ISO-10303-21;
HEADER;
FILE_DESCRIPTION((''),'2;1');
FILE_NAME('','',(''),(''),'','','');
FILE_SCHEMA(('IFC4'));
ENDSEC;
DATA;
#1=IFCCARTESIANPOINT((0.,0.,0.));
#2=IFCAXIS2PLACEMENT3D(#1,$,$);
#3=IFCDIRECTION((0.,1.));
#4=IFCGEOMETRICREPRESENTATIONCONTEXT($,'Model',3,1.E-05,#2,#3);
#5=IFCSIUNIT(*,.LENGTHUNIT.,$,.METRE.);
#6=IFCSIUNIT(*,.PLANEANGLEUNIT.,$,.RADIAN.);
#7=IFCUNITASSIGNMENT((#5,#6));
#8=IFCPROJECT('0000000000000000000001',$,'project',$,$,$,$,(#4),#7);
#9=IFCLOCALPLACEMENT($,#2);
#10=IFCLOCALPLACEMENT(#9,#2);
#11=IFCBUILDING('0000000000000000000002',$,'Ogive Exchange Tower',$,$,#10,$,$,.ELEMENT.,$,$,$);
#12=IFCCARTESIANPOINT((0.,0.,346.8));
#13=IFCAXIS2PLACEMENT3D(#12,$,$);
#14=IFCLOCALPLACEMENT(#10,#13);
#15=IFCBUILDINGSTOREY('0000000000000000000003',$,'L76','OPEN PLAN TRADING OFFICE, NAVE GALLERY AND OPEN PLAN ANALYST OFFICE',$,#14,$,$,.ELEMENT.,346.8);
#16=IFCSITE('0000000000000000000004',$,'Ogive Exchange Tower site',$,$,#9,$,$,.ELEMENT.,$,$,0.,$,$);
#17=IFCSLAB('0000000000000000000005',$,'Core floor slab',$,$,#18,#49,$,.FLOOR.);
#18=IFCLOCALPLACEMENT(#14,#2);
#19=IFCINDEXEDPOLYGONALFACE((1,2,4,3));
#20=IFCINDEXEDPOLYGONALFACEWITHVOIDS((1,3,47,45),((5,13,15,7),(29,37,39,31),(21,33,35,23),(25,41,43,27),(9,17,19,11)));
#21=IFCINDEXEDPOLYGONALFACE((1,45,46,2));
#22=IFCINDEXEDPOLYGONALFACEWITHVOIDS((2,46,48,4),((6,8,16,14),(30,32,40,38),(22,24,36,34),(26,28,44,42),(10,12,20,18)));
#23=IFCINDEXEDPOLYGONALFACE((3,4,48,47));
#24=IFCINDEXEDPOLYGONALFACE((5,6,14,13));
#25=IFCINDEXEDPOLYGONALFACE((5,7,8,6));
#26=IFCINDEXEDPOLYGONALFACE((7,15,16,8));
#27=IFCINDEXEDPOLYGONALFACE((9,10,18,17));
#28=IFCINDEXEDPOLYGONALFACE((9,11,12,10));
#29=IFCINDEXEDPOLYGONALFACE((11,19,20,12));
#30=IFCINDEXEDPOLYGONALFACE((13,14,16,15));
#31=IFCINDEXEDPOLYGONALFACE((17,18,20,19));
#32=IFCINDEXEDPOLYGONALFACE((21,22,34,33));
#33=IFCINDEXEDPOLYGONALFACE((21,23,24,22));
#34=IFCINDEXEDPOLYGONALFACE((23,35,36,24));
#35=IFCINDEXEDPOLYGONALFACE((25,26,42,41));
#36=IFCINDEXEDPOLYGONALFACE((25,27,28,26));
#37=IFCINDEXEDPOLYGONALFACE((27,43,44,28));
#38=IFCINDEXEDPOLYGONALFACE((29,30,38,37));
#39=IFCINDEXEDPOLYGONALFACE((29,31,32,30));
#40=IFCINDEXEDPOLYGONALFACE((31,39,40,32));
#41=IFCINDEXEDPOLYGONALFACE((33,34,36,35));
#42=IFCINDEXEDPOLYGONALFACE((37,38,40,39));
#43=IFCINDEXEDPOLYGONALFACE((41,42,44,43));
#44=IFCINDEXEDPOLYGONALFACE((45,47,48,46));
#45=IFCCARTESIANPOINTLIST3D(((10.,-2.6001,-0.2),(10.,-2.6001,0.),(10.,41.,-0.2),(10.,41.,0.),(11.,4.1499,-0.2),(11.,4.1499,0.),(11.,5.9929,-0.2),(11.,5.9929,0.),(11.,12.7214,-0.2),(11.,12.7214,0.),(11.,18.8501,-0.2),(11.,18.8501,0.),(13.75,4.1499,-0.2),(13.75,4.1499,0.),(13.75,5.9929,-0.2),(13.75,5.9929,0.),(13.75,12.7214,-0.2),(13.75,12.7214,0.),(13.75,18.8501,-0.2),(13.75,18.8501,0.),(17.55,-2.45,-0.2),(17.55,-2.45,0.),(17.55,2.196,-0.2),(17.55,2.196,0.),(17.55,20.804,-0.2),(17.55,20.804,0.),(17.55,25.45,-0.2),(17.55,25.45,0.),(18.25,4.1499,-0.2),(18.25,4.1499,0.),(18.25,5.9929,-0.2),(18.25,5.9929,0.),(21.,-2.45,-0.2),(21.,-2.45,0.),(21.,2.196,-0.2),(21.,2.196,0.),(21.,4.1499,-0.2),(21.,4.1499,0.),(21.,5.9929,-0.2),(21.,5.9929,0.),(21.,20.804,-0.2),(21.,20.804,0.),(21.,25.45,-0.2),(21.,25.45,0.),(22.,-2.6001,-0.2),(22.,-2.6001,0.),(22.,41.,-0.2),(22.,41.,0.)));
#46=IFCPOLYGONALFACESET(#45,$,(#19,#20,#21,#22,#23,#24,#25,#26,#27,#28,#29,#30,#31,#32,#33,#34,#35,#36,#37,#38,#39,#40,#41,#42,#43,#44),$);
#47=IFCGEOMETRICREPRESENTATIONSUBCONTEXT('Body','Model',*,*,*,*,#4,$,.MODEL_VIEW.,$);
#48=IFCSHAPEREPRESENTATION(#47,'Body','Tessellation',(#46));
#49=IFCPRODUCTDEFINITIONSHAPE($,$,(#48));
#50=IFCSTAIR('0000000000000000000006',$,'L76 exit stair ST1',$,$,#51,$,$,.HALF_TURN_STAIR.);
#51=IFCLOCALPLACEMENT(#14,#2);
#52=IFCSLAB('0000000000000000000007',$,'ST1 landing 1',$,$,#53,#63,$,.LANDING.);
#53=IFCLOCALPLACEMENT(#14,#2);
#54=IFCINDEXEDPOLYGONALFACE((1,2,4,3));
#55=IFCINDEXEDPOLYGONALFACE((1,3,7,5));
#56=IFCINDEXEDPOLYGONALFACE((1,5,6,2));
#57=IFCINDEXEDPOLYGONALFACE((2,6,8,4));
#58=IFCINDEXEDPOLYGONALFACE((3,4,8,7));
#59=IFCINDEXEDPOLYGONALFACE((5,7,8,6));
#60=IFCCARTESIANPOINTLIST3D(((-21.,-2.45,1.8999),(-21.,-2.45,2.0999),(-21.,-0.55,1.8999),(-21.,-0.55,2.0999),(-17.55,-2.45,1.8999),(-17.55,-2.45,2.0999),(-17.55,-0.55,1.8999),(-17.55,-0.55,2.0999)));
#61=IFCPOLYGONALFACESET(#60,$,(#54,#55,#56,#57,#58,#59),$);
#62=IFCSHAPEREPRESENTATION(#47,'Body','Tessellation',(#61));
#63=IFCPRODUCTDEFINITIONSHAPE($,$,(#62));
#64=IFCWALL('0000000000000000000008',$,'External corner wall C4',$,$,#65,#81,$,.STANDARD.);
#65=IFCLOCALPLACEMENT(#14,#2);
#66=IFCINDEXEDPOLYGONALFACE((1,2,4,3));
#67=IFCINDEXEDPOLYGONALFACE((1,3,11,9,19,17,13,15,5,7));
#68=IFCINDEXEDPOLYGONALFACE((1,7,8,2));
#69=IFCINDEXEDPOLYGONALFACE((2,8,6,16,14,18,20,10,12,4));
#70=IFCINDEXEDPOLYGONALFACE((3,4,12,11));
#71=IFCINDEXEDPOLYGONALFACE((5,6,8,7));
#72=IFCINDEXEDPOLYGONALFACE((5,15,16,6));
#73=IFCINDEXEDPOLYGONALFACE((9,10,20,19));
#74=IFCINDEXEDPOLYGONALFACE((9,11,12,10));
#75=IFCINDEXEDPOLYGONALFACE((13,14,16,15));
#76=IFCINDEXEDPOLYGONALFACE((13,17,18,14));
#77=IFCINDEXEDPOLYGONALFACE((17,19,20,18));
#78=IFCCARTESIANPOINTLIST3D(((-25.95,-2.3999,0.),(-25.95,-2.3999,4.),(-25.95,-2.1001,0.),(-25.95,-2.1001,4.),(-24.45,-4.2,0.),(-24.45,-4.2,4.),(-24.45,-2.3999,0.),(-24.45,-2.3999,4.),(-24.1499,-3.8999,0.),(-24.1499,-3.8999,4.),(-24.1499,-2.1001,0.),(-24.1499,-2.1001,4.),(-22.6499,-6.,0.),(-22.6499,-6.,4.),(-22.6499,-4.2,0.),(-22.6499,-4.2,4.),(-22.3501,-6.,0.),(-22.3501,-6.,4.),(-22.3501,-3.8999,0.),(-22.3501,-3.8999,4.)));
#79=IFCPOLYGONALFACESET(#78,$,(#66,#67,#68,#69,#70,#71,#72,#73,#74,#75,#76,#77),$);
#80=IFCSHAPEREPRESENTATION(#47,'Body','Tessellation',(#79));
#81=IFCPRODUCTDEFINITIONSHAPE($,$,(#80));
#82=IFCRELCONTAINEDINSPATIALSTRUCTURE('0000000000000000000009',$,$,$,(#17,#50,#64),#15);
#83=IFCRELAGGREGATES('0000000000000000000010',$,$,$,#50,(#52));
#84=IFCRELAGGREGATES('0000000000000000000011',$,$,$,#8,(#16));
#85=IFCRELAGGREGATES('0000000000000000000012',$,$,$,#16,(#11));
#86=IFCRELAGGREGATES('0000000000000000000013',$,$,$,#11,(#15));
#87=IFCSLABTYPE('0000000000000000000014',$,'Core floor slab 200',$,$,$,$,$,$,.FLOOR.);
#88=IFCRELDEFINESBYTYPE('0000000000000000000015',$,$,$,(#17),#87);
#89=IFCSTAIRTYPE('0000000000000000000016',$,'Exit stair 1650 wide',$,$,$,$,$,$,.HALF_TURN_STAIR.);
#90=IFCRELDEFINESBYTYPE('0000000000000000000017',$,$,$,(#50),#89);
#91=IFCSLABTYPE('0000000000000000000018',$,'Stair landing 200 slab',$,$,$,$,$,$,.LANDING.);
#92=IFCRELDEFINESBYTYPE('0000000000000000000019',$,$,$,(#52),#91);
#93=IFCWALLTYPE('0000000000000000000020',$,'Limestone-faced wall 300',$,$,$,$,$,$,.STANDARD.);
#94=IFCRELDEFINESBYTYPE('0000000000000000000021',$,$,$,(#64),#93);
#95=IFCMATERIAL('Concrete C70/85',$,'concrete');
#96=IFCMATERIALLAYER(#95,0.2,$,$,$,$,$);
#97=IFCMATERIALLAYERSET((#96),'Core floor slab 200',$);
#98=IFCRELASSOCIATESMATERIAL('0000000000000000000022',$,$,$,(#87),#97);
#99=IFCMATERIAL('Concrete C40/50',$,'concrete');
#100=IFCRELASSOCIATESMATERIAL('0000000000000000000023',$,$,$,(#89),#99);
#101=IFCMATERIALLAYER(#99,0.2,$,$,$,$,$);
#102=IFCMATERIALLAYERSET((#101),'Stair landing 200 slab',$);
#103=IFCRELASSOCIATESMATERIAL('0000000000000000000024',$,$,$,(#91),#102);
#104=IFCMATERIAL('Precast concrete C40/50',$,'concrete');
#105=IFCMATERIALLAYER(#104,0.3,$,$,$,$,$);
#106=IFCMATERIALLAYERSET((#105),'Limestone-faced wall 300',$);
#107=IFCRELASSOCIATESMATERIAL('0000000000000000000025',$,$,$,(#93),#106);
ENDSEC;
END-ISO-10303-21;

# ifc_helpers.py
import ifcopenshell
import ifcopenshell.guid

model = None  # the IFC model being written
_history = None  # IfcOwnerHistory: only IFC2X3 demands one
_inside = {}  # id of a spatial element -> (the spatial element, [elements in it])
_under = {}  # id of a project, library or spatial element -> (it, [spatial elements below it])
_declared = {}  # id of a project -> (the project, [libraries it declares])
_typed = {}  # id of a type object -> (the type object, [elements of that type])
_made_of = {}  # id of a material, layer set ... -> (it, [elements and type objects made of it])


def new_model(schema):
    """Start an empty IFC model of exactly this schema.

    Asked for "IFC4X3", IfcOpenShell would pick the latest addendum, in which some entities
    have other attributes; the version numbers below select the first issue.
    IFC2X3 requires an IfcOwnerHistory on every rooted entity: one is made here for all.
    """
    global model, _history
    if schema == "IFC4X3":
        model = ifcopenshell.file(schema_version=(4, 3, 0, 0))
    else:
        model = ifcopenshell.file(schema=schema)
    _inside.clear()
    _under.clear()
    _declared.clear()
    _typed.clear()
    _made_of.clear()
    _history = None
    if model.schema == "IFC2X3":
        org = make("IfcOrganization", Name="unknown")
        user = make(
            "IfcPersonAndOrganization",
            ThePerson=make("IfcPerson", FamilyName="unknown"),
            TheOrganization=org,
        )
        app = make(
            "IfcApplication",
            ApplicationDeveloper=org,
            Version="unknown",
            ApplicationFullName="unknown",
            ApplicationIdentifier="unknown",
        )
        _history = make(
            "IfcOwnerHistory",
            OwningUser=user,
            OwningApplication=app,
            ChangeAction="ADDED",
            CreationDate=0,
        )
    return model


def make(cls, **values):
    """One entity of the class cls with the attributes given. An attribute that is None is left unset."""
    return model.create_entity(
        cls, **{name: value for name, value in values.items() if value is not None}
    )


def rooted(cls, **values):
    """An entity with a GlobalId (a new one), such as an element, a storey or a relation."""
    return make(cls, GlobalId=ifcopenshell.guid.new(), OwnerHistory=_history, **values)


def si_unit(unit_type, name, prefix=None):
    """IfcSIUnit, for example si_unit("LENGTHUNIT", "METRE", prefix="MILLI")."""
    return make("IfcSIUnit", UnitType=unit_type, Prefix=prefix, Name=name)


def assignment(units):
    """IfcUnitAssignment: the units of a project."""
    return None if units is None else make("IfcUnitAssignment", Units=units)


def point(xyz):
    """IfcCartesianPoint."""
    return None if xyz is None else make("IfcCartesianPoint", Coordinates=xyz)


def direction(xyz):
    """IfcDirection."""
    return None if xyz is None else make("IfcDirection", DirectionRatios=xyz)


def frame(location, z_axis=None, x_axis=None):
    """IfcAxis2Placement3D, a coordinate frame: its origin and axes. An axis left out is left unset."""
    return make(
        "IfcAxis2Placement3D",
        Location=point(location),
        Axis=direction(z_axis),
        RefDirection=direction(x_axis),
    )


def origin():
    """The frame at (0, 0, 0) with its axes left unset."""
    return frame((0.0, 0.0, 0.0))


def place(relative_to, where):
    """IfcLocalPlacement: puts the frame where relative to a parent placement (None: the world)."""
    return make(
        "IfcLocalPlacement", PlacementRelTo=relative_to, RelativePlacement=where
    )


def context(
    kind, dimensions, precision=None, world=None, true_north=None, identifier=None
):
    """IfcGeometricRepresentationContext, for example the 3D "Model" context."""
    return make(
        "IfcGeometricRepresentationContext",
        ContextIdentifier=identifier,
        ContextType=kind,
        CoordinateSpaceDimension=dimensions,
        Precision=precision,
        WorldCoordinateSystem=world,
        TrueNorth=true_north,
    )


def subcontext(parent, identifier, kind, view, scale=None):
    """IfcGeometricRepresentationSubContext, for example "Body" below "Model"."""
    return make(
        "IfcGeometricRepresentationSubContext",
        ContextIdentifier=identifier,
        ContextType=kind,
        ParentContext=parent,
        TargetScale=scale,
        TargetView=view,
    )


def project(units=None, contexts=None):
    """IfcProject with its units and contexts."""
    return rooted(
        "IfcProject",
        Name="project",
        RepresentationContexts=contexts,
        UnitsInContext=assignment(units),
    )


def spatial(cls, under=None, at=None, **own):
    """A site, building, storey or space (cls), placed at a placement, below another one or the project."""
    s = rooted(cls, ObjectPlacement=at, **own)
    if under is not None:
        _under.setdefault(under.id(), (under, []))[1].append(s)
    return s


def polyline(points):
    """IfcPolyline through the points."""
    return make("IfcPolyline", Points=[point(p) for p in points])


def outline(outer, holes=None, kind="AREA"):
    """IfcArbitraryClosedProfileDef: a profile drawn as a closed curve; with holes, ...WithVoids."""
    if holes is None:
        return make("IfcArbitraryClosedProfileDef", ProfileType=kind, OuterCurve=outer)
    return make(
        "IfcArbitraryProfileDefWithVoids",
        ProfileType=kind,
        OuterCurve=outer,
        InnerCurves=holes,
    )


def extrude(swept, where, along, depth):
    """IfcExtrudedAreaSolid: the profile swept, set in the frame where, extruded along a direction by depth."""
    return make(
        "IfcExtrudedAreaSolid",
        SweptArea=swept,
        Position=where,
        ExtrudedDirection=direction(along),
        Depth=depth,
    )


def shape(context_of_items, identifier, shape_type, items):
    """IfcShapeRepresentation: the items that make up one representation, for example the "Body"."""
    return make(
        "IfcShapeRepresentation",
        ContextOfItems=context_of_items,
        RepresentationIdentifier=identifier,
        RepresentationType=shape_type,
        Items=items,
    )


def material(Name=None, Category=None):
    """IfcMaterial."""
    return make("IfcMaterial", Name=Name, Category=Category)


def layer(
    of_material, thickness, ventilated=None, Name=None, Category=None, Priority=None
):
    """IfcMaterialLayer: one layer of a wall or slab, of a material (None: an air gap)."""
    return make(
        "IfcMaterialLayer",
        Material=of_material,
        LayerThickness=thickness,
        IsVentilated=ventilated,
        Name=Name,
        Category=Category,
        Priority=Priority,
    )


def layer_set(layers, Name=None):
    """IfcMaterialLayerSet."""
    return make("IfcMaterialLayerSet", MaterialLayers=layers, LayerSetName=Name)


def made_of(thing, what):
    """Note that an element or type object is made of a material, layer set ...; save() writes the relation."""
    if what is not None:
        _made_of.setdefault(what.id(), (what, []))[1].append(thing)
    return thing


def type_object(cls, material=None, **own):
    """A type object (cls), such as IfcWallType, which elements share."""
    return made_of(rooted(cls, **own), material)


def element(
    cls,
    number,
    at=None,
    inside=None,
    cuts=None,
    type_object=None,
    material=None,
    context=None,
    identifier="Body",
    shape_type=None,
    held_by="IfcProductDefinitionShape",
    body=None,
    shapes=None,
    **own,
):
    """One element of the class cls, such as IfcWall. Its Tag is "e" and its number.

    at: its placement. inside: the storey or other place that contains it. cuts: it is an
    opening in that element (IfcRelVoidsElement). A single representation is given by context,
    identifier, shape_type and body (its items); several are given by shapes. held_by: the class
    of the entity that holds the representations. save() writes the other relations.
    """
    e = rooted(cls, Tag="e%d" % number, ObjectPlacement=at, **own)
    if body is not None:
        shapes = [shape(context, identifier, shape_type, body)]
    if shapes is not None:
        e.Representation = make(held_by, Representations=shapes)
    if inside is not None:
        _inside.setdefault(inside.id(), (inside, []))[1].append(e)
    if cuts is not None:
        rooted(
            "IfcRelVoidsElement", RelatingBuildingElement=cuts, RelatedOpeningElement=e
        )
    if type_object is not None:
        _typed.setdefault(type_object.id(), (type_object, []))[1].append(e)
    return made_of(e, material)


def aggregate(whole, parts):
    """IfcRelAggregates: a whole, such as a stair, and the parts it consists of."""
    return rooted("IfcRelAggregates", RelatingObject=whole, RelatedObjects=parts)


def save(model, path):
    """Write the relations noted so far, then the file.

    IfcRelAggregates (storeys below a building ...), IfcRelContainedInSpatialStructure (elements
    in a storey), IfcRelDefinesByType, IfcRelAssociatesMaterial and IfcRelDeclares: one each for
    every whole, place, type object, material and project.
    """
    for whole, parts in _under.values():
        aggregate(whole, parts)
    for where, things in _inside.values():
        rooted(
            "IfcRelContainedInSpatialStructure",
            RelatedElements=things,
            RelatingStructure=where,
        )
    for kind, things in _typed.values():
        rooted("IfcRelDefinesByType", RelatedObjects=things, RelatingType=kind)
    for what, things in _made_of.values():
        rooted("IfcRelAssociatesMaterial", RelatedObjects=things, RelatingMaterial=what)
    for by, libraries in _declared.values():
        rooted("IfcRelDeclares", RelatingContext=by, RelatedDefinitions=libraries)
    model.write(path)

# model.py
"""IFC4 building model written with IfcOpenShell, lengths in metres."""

from ifc_helpers import new_model, si_unit, direction, frame, origin, place, context, subcontext, project, spatial, polyline, outline, extrude, material, layer, layer_set, type_object, element, aggregate, save


model = new_model("IFC4")

# Units and contexts
model_context = context("Model", 3, precision=1e-05, world=origin(), true_north=direction((0.0, 1.0)))
body_context = subcontext(model_context, "Body", "Model", "MODEL_VIEW")
ifc_project = project(units=[si_unit("LENGTHUNIT", "METRE"), si_unit("PLANEANGLEUNIT", "RADIAN")], contexts=[model_context])

# Site, building, storey
site_placement = place(None, origin())
site = spatial("IfcSite", under=ifc_project, at=site_placement, Name="Ogive Exchange Tower site", CompositionType="ELEMENT", RefElevation=0.0)
building_placement = place(site_placement, origin())
building = spatial("IfcBuilding", under=site, at=building_placement, Name="Ogive Exchange Tower", CompositionType="ELEMENT")
storey_placement = place(building_placement, frame((0.0, 0.0, 346.8)))
storey = spatial("IfcBuildingStorey", under=building, at=storey_placement, Name="L76", Description="OPEN PLAN TRADING OFFICE, NAVE GALLERY AND OPEN PLAN ANALYST OFFICE", CompositionType="ELEMENT", Elevation=346.8)

# Slab
ifc_material_1 = material(Name="Concrete C70/85", Category="concrete")
ifc_layer_1 = layer(ifc_material_1, 0.2)
ifc_layer_set_1 = layer_set([ifc_layer_1], Name="Core floor slab 200")
slab_type_1 = type_object("IfcSlabType", Name="Core floor slab 200", PredefinedType="FLOOR", material=ifc_layer_set_1)
slab_1_placement = place(storey_placement, frame((0.0, 0.0, -0.2)))
element("IfcSlab", 1, at=slab_1_placement, inside=storey, type_object=slab_type_1, Name="Core floor slab", PredefinedType="FLOOR", context=body_context, shape_type="SweptSolid", body=[
    extrude(outline(polyline([(10.0, -2.6001), (10.0, 41.0), (22.0, 41.0), (22.0, -2.6001), (10.0, -2.6001)]), holes=[polyline([(21.0, 2.196), (17.55, 2.196), (17.55, -2.45), (21.0, -2.45), (21.0, 2.196)]), polyline([(11.0, 5.9929), (11.0, 4.1499), (13.75, 4.1499), (13.75, 5.9929), (11.0, 5.9929)]), polyline([(18.25, 5.9929), (18.25, 4.1499), (21.0, 4.1499), (21.0, 5.9929), (18.25, 5.9929)]), polyline([(13.75, 18.8501), (11.0, 18.8501), (11.0, 12.7214), (13.75, 12.7214), (13.75, 18.8501)]), polyline([(17.55, 25.45), (17.55, 20.804), (21.0, 20.804), (21.0, 25.45), (17.55, 25.45)])]), origin(), (0.0, 0.0, 1.0), 0.2),
])

# Stair, slab
ifc_material_2 = material(Name="Concrete C40/50", Category="concrete")
stair_type = type_object("IfcStairType", Name="Exit stair 1650 wide", PredefinedType="HALF_TURN_STAIR", material=ifc_material_2)
stair_placement = place(storey_placement, origin())
stair = element("IfcStair", 2, at=stair_placement, inside=storey, type_object=stair_type, Name="L76 exit stair ST1", PredefinedType="HALF_TURN_STAIR")
ifc_layer_2 = layer(ifc_material_2, 0.2)
ifc_layer_set_2 = layer_set([ifc_layer_2], Name="Stair landing 200 slab")
slab_type_2 = type_object("IfcSlabType", Name="Stair landing 200 slab", PredefinedType="LANDING", material=ifc_layer_set_2)
slab_2_placement = place(storey_placement, frame((0.0, 0.0, 1.8999)))
slab_2 = element("IfcSlab", 3, at=slab_2_placement, type_object=slab_type_2, Name="ST1 landing 1", PredefinedType="LANDING", context=body_context, shape_type="SweptSolid", body=[
    extrude(outline(polyline([(-21.0, -0.55), (-21.0, -2.45), (-17.55, -2.45), (-17.55, -0.55), (-21.0, -0.55)])), origin(), (0.0, 0.0, 1.0), 0.2),
])
aggregate(stair, [slab_2])

# Wall
ifc_material_3 = material(Name="Precast concrete C40/50", Category="concrete")
ifc_layer_3 = layer(ifc_material_3, 0.3)
ifc_layer_set_3 = layer_set([ifc_layer_3], Name="Limestone-faced wall 300")
wall_type_1 = type_object("IfcWallType", Name="Limestone-faced wall 300", PredefinedType="STANDARD", material=ifc_layer_set_3)
wall_1_placement = place(storey_placement, origin())
element("IfcWall", 4, at=wall_1_placement, inside=storey, type_object=wall_type_1, Name="External corner wall C4", PredefinedType="STANDARD", context=body_context, shape_type="SweptSolid", body=[
    extrude(outline(polyline([(-22.6499, -4.2), (-24.45, -4.2), (-24.45, -2.3999), (-25.95, -2.3999), (-25.95, -2.1001), (-24.1499, -2.1001), (-24.1499, -3.8999), (-22.3501, -3.8999), (-22.3501, -6.0), (-22.6499, -6.0), (-22.6499, -4.2)])), origin(), (0.0, 0.0, 1.0), 4.0),
])

save(model, "model.ifc")
